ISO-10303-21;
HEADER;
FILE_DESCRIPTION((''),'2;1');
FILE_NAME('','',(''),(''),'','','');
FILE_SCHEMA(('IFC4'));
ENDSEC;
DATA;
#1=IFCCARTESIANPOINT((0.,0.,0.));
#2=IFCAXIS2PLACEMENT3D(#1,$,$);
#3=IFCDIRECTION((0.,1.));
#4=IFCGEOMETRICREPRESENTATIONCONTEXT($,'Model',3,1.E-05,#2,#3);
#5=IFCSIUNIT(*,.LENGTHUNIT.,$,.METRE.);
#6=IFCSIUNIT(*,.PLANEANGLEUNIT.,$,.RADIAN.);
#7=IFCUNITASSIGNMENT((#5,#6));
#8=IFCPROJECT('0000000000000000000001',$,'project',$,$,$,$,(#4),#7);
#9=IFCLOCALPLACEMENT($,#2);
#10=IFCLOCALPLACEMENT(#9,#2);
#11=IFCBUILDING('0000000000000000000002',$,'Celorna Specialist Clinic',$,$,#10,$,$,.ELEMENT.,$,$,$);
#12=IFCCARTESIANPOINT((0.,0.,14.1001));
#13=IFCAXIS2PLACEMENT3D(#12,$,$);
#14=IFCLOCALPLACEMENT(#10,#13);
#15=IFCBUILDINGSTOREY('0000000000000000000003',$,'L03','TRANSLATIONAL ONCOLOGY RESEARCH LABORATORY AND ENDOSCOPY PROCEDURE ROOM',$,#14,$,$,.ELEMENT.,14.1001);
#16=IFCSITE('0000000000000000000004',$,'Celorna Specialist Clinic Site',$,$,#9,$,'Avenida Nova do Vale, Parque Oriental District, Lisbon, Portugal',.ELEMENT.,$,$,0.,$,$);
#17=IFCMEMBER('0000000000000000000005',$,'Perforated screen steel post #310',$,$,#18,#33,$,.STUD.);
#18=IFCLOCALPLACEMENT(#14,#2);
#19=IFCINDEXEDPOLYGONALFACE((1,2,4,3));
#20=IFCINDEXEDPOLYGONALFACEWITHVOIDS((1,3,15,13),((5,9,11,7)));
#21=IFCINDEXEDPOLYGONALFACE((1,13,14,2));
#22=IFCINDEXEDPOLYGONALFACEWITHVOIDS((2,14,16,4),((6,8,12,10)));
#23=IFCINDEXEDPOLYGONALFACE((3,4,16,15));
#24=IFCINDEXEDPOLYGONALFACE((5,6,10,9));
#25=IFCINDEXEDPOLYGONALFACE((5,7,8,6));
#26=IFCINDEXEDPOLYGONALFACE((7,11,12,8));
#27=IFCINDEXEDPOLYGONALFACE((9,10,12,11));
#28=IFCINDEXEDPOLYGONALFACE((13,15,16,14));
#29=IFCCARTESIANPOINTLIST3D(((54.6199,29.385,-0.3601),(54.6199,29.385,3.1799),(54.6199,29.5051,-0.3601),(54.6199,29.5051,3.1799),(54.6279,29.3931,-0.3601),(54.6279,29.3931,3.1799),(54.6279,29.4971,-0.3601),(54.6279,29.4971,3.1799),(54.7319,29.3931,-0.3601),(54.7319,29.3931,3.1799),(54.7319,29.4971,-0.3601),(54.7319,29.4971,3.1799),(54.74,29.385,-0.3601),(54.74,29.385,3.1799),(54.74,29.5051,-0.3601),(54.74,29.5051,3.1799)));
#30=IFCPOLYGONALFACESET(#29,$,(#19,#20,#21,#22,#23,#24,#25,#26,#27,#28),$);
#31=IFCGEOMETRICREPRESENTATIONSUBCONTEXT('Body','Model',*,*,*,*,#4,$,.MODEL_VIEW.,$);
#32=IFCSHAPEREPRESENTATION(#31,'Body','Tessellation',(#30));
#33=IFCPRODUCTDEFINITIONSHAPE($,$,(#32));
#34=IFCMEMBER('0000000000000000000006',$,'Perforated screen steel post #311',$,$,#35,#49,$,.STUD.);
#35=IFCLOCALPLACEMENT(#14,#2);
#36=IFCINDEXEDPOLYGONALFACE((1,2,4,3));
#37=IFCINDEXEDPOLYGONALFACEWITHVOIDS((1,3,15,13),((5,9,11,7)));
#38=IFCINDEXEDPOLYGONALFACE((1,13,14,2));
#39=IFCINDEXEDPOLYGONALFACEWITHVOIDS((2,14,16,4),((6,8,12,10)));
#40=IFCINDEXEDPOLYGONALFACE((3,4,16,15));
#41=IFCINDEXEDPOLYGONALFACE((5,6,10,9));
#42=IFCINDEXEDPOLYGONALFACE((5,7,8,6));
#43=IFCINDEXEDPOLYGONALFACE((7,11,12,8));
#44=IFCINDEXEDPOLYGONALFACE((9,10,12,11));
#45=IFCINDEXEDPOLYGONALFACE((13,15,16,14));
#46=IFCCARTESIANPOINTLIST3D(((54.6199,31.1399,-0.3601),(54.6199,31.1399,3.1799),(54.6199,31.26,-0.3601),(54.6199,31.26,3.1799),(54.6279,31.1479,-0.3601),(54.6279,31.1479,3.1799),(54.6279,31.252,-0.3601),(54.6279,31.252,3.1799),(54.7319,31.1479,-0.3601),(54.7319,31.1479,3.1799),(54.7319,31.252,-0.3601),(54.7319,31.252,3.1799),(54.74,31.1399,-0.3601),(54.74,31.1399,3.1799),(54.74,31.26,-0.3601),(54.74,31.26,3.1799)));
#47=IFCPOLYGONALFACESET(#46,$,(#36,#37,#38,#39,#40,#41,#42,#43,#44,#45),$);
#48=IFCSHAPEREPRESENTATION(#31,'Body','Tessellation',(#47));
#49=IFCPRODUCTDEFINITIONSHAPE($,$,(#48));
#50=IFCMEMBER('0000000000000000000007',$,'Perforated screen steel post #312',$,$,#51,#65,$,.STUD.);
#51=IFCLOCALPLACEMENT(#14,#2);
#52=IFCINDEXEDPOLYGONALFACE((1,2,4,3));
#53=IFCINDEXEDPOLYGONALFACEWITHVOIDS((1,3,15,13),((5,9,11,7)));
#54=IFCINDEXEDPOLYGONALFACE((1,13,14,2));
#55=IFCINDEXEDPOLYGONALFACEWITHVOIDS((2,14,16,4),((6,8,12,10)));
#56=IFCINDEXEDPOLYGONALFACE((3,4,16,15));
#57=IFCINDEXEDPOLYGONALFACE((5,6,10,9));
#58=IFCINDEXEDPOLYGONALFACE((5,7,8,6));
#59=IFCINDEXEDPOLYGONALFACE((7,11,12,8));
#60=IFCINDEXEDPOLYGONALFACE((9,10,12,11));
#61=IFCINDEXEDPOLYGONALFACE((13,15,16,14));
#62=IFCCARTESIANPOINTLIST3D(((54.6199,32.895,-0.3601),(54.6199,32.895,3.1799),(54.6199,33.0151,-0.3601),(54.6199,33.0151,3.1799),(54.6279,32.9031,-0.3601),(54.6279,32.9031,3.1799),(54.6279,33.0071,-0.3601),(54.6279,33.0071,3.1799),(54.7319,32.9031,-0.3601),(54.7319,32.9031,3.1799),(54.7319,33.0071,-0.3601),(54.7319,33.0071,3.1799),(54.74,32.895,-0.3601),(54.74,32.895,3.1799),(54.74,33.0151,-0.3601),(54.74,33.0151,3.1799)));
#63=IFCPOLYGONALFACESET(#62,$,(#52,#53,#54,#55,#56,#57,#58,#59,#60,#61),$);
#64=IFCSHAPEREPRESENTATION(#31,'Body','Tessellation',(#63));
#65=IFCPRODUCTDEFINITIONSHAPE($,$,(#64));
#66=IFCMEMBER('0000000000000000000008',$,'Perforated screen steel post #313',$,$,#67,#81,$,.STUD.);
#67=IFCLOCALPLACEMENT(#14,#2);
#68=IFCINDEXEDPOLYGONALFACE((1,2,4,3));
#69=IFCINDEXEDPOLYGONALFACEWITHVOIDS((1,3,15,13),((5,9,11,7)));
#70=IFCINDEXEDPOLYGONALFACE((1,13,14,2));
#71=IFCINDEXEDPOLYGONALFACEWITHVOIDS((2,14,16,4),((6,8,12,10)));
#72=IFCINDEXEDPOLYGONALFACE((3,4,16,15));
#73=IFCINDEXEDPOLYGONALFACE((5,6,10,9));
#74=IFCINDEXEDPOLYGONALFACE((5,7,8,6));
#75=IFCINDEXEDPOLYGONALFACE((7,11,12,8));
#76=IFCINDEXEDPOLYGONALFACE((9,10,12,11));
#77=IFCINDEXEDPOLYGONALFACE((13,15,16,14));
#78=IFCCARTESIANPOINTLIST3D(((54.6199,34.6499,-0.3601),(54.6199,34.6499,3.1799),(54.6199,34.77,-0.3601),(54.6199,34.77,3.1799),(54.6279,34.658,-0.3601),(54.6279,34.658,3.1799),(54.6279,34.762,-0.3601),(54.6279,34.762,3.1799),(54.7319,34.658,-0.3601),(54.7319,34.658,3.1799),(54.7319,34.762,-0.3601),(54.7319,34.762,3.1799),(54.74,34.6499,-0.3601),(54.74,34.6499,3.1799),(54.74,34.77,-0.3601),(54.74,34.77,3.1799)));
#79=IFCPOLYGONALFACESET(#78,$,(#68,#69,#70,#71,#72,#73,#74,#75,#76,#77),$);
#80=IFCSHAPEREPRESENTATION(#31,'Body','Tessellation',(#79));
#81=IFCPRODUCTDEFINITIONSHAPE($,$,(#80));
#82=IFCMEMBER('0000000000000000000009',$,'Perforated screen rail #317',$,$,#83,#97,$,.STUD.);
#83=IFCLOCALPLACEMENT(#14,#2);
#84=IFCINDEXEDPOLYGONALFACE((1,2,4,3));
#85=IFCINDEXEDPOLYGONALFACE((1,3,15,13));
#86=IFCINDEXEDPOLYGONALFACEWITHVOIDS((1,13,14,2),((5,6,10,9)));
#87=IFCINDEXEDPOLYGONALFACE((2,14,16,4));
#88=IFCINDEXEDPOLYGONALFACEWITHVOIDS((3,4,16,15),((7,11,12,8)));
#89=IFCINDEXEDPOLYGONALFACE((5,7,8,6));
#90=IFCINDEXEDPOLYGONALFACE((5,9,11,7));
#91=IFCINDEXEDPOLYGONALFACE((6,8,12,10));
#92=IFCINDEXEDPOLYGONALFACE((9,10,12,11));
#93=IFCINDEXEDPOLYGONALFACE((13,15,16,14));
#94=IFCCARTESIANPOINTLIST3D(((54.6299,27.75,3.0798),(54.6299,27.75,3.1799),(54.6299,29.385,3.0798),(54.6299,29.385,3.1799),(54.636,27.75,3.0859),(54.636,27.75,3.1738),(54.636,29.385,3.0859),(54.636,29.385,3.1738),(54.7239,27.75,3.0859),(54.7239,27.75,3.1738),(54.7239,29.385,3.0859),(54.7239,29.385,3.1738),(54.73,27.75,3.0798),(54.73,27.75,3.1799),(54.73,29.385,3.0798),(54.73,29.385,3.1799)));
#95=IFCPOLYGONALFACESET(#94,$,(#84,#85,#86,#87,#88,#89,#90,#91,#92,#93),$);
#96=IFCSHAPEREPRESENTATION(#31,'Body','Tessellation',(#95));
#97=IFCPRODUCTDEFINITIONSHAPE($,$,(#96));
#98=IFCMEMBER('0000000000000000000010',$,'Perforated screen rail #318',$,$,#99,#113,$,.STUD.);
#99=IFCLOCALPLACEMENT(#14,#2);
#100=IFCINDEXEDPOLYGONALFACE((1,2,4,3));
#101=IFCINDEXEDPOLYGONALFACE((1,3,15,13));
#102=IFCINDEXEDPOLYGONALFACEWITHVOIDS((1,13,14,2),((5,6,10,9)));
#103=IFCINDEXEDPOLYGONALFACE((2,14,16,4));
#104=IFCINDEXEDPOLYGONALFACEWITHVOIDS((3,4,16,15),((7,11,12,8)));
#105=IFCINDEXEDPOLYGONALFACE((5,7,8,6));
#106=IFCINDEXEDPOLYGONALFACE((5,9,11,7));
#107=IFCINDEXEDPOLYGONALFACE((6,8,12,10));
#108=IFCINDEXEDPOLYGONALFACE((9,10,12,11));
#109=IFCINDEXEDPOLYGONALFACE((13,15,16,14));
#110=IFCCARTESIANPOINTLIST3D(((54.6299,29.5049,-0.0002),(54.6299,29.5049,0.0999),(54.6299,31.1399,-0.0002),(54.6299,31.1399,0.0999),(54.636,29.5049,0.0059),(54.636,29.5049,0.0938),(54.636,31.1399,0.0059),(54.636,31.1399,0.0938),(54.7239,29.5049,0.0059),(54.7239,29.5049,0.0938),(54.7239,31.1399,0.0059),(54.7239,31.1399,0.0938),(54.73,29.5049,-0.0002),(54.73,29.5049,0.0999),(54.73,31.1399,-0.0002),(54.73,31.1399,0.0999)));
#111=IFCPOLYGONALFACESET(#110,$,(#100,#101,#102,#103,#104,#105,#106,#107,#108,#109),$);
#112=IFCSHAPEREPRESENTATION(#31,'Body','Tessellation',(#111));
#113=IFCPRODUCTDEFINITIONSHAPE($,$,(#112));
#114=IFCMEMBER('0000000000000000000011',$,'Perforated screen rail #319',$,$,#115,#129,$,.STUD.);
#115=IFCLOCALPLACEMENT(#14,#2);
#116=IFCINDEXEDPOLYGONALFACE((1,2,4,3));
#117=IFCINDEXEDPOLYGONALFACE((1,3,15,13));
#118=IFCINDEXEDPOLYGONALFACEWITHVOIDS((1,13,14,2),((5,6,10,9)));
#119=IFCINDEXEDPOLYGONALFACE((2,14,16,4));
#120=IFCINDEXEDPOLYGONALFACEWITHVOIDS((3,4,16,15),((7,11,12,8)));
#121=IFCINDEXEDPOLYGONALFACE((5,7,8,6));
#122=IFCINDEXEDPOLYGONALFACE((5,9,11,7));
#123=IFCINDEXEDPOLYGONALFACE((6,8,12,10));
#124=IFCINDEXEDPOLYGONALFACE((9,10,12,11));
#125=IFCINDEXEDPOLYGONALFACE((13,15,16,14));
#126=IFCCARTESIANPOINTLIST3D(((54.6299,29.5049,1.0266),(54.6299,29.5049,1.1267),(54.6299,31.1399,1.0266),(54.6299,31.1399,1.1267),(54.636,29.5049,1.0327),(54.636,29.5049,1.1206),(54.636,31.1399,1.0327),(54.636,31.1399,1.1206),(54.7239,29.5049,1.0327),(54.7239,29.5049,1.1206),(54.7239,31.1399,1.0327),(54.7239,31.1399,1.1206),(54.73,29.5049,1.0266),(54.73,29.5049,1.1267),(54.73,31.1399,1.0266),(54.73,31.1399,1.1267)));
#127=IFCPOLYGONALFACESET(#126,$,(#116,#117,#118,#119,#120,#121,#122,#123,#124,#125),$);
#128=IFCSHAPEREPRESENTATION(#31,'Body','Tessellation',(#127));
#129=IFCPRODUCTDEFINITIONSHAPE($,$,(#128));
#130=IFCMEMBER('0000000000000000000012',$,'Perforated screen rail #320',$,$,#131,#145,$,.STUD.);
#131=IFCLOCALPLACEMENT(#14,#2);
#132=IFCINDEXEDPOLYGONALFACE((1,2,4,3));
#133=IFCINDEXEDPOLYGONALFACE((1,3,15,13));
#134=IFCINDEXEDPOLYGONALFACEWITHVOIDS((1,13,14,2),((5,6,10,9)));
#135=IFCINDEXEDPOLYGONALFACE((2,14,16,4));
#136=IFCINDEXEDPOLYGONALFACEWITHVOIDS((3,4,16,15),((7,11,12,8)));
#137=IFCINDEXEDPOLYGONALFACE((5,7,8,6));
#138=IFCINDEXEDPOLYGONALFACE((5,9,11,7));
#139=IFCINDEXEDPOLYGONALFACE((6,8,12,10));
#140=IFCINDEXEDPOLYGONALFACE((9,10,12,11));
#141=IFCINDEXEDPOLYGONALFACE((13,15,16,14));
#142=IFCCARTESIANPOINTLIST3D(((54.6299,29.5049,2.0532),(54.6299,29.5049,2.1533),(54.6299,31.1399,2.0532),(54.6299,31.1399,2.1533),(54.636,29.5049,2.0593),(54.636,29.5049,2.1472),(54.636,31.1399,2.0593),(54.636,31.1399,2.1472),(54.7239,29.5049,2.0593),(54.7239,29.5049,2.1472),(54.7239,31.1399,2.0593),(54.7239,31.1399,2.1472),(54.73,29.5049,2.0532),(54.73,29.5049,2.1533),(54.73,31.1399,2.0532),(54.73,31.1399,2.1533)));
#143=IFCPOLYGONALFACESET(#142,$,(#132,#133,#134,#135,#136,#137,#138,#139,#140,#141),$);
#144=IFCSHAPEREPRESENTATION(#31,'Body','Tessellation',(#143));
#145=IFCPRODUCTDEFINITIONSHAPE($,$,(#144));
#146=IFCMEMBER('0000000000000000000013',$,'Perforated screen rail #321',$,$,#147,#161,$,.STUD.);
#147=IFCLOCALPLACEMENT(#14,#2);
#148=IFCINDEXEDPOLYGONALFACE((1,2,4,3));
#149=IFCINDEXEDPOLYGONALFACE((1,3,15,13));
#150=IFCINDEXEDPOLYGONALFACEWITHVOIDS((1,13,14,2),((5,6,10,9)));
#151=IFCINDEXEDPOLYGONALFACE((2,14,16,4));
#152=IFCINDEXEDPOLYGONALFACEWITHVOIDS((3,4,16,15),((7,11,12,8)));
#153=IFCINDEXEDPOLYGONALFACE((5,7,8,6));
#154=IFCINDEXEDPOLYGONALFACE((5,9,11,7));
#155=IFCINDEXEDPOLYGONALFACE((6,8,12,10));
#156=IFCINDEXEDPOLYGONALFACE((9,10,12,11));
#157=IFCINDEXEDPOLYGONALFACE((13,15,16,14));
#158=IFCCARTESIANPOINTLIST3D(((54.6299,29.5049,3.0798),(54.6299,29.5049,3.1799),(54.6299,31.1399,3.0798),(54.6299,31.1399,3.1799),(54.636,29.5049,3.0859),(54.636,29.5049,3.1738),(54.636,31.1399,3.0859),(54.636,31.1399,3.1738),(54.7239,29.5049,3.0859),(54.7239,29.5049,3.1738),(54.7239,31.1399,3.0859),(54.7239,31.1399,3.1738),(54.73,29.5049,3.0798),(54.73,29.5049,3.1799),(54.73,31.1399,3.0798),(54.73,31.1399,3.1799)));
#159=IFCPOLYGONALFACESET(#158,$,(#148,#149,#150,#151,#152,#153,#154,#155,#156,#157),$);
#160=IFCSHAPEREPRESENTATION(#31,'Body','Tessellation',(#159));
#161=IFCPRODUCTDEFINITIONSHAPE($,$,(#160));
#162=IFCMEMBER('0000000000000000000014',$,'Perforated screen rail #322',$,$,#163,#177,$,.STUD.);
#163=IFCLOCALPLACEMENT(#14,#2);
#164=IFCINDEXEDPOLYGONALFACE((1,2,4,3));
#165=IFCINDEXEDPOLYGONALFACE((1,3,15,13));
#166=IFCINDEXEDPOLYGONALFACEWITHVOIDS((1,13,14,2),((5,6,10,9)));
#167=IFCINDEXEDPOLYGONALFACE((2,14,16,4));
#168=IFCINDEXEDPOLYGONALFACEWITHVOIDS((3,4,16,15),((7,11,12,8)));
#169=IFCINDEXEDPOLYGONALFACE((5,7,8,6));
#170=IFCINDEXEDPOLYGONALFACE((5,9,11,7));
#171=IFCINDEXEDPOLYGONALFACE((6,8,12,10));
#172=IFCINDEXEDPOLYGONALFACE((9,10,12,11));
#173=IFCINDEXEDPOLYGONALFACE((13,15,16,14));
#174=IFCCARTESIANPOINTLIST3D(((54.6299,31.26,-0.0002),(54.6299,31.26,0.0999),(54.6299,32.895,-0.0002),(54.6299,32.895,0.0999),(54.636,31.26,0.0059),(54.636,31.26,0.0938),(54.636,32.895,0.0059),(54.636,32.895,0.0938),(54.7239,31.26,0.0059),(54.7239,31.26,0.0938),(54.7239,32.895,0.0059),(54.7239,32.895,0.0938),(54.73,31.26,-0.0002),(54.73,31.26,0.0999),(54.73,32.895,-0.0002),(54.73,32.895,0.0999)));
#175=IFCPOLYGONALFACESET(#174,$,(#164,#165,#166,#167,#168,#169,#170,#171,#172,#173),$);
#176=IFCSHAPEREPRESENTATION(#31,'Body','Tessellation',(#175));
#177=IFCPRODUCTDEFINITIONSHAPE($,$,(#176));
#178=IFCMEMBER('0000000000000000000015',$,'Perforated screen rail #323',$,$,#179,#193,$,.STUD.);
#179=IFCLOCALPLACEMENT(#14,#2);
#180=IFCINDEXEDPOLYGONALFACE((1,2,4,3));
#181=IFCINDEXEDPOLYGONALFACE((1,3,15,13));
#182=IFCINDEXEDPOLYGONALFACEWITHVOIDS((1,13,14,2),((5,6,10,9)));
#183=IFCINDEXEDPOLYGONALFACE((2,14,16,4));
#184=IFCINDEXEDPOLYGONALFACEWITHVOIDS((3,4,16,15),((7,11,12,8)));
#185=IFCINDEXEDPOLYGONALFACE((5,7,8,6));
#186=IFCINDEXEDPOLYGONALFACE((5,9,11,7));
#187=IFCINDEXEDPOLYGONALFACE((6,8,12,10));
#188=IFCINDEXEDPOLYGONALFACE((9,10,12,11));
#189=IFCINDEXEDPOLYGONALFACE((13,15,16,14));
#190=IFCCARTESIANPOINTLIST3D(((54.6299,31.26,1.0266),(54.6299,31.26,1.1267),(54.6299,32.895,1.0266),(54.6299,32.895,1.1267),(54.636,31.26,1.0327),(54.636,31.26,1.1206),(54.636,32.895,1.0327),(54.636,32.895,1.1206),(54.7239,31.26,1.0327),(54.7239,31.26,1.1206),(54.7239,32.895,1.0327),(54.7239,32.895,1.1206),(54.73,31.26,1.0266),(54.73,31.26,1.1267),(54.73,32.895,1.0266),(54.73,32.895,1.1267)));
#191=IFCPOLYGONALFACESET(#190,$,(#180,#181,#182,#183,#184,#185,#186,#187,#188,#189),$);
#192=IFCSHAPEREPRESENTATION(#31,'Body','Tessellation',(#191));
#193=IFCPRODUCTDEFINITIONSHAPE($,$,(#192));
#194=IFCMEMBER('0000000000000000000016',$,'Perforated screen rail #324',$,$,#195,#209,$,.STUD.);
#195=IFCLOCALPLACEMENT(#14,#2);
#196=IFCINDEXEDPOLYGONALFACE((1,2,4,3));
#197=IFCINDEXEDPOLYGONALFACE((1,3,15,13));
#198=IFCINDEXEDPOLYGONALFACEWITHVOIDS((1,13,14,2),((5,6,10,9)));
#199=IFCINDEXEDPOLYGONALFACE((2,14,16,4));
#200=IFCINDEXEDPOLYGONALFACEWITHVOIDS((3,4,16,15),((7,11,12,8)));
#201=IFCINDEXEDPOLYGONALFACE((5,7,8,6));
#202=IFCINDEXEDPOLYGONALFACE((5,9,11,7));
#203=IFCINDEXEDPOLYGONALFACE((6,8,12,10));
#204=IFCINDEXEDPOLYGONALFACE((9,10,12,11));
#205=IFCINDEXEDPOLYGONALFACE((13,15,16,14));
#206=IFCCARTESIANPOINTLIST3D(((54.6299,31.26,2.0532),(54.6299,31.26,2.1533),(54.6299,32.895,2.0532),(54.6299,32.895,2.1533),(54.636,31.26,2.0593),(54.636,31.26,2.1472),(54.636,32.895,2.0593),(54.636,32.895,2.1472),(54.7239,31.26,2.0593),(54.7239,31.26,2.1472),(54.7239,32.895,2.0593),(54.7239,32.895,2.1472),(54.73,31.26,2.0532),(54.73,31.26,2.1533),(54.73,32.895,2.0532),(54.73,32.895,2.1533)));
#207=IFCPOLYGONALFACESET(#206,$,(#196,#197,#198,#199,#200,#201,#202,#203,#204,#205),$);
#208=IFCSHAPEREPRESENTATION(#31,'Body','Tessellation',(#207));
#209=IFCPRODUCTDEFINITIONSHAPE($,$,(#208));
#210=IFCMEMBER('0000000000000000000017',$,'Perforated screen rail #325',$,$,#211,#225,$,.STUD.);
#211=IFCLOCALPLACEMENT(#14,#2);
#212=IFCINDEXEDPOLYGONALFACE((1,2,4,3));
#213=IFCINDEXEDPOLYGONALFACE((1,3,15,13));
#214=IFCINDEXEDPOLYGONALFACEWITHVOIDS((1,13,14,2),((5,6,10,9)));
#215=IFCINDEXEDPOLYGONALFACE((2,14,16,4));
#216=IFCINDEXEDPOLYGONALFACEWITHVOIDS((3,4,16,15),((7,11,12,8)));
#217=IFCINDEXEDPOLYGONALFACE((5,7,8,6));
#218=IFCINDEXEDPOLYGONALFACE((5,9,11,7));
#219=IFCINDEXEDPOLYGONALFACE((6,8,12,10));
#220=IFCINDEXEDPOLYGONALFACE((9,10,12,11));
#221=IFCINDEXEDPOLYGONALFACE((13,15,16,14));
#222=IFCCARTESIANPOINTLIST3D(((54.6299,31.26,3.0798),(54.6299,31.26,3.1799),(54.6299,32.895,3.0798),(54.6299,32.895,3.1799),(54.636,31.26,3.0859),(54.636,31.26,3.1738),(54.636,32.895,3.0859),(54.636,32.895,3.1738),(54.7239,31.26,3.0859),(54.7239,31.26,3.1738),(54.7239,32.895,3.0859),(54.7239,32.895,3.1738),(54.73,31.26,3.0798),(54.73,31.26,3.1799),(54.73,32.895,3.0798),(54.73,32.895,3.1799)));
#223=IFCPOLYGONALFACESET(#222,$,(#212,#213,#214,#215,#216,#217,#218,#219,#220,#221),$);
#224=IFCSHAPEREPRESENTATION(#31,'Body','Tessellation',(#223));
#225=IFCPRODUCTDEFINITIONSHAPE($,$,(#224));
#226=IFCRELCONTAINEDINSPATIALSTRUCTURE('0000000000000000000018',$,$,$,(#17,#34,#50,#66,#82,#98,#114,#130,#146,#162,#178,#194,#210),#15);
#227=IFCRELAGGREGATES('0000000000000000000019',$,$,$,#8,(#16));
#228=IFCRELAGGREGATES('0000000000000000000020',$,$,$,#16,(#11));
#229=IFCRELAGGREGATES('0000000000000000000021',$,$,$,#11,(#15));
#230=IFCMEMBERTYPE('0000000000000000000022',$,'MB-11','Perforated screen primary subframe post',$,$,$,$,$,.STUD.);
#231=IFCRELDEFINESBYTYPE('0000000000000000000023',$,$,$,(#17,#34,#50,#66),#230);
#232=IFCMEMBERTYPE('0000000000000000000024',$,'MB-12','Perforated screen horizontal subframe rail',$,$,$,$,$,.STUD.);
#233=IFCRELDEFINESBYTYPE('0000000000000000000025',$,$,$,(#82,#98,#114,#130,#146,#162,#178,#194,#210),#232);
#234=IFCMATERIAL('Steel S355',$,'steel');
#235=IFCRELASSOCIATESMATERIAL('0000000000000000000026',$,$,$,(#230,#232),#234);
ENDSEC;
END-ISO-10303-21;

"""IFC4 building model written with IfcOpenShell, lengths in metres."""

from ifc_helpers import new_model, si_unit, direction, frame, origin, origin_2d, place, context, subcontext, project, spatial, hollow_rectangle, extrude, material, material_profile, profile_set, type_object, element, save


model = new_model("IFC4")

# Units and contexts
model_context = context("Model", 3, precision=1e-05, world=origin(), true_north=direction((0.0, 1.0)))
body_context = subcontext(model_context, "Body", "Model", "MODEL_VIEW")
ifc_project = project(units=[si_unit("LENGTHUNIT", "METRE"), si_unit("PLANEANGLEUNIT", "RADIAN")], contexts=[model_context])

# Site, building, storey
site_placement = place(None, origin())
site = spatial("IfcSite", under=ifc_project, at=site_placement, Name="Celorna Specialist Clinic Site", LongName="Avenida Nova do Vale, Parque Oriental District, Lisbon, Portugal", CompositionType="ELEMENT", RefElevation=0.0)
building_placement = place(site_placement, origin())
building = spatial("IfcBuilding", under=site, at=building_placement, Name="Celorna Specialist Clinic", CompositionType="ELEMENT")
storey_placement = place(building_placement, frame((0.0, 0.0, 14.1001)))
storey = spatial("IfcBuildingStorey", under=building, at=storey_placement, Name="L03", Description="TRANSLATIONAL ONCOLOGY RESEARCH LABORATORY AND ENDOSCOPY PROCEDURE ROOM", CompositionType="ELEMENT", Elevation=14.1001)

# Members
ifc_material_1 = material(Name="Steel S355", Category="steel")
ifc_material_profile_1 = material_profile(ifc_material_1, hollow_rectangle(XDim=0.1201, YDim=0.1201, WallThickness=0.0081, at=origin_2d()), Name="SHS 120x120x8")
ifc_profile_set_1 = profile_set([ifc_material_profile_1], Name="Steel S355")
member_type_1 = type_object("IfcMemberType", Name="MB-11", Description="Perforated screen primary subframe post", PredefinedType="STUD", material=ifc_profile_set_1)
for number, where, z_axis, x_axis, name in (
    (1, (54.6799, 29.4451, -0.3601), (0.0, 0.0, 1.0), (1.0, 0.0, 0.0), "Perforated screen steel post #310"),
    (2, (54.6799, 31.2, -0.3601), (0.0, 0.0, 1.0), (1.0, 0.0, 0.0), "Perforated screen steel post #311"),
    (3, (54.6799, 32.9551, -0.3601), (0.0, 0.0, 1.0), (1.0, 0.0, 0.0), "Perforated screen steel post #312"),
    (4, (54.6799, 34.71, -0.3601), (0.0, 0.0, 1.0), (1.0, 0.0, 0.0), "Perforated screen steel post #313"),
):
    element("IfcMember", number, at=place(storey_placement, frame(where, z_axis=z_axis, x_axis=x_axis)), inside=storey, type_object=member_type_1, Name=name, PredefinedType="STUD", context=body_context, shape_type="SweptSolid", body=[
        extrude(hollow_rectangle(XDim=0.1201, YDim=0.1201, WallThickness=0.0081, at=origin_2d()), origin(), (0.0, 0.0, 1.0), 3.54),
    ])
ifc_material_profile_2 = material_profile(ifc_material_1, hollow_rectangle(XDim=0.1001, YDim=0.1001, WallThickness=0.0061, at=origin_2d()), Name="SHS 100x100x6")
ifc_profile_set_2 = profile_set([ifc_material_profile_2], Name="Steel S355")
member_type_2 = type_object("IfcMemberType", Name="MB-12", Description="Perforated screen horizontal subframe rail", PredefinedType="STUD", material=ifc_profile_set_2)
for number, where, z_axis, x_axis, name in (
    (5, (54.6799, 27.75, 3.1299), (0.0, 1.0, 0.0), (-1.0, 0.0, 0.0), "Perforated screen rail #317"),
    (6, (54.6799, 29.5049, 0.0498), (0.0, 1.0, 0.0), (-1.0, 0.0, 0.0), "Perforated screen rail #318"),
    (7, (54.6799, 29.5049, 1.0767), (0.0, 1.0, 0.0), (-1.0, 0.0, 0.0), "Perforated screen rail #319"),
    (8, (54.6799, 29.5049, 2.1033), (0.0, 1.0, 0.0), (-1.0, 0.0, 0.0), "Perforated screen rail #320"),
    (9, (54.6799, 29.5049, 3.1299), (0.0, 1.0, 0.0), (-1.0, 0.0, 0.0), "Perforated screen rail #321"),
    (10, (54.6799, 31.26, 0.0498), (0.0, 1.0, 0.0), (-1.0, 0.0, 0.0), "Perforated screen rail #322"),
    (11, (54.6799, 31.26, 1.0767), (0.0, 1.0, 0.0), (-1.0, 0.0, 0.0), "Perforated screen rail #323"),
    (12, (54.6799, 31.26, 2.1033), (0.0, 1.0, 0.0), (-1.0, 0.0, 0.0), "Perforated screen rail #324"),
    (13, (54.6799, 31.26, 3.1299), (0.0, 1.0, 0.0), (-1.0, 0.0, 0.0), "Perforated screen rail #325"),
):
    element("IfcMember", number, at=place(storey_placement, frame(where, z_axis=z_axis, x_axis=x_axis)), inside=storey, type_object=member_type_2, Name=name, PredefinedType="STUD", context=body_context, shape_type="SweptSolid", body=[
        extrude(hollow_rectangle(XDim=0.1001, YDim=0.1001, WallThickness=0.0061, at=origin_2d()), origin(), (0.0, 0.0, 1.0), 1.635),
    ])

save(model, "model.ifc")
